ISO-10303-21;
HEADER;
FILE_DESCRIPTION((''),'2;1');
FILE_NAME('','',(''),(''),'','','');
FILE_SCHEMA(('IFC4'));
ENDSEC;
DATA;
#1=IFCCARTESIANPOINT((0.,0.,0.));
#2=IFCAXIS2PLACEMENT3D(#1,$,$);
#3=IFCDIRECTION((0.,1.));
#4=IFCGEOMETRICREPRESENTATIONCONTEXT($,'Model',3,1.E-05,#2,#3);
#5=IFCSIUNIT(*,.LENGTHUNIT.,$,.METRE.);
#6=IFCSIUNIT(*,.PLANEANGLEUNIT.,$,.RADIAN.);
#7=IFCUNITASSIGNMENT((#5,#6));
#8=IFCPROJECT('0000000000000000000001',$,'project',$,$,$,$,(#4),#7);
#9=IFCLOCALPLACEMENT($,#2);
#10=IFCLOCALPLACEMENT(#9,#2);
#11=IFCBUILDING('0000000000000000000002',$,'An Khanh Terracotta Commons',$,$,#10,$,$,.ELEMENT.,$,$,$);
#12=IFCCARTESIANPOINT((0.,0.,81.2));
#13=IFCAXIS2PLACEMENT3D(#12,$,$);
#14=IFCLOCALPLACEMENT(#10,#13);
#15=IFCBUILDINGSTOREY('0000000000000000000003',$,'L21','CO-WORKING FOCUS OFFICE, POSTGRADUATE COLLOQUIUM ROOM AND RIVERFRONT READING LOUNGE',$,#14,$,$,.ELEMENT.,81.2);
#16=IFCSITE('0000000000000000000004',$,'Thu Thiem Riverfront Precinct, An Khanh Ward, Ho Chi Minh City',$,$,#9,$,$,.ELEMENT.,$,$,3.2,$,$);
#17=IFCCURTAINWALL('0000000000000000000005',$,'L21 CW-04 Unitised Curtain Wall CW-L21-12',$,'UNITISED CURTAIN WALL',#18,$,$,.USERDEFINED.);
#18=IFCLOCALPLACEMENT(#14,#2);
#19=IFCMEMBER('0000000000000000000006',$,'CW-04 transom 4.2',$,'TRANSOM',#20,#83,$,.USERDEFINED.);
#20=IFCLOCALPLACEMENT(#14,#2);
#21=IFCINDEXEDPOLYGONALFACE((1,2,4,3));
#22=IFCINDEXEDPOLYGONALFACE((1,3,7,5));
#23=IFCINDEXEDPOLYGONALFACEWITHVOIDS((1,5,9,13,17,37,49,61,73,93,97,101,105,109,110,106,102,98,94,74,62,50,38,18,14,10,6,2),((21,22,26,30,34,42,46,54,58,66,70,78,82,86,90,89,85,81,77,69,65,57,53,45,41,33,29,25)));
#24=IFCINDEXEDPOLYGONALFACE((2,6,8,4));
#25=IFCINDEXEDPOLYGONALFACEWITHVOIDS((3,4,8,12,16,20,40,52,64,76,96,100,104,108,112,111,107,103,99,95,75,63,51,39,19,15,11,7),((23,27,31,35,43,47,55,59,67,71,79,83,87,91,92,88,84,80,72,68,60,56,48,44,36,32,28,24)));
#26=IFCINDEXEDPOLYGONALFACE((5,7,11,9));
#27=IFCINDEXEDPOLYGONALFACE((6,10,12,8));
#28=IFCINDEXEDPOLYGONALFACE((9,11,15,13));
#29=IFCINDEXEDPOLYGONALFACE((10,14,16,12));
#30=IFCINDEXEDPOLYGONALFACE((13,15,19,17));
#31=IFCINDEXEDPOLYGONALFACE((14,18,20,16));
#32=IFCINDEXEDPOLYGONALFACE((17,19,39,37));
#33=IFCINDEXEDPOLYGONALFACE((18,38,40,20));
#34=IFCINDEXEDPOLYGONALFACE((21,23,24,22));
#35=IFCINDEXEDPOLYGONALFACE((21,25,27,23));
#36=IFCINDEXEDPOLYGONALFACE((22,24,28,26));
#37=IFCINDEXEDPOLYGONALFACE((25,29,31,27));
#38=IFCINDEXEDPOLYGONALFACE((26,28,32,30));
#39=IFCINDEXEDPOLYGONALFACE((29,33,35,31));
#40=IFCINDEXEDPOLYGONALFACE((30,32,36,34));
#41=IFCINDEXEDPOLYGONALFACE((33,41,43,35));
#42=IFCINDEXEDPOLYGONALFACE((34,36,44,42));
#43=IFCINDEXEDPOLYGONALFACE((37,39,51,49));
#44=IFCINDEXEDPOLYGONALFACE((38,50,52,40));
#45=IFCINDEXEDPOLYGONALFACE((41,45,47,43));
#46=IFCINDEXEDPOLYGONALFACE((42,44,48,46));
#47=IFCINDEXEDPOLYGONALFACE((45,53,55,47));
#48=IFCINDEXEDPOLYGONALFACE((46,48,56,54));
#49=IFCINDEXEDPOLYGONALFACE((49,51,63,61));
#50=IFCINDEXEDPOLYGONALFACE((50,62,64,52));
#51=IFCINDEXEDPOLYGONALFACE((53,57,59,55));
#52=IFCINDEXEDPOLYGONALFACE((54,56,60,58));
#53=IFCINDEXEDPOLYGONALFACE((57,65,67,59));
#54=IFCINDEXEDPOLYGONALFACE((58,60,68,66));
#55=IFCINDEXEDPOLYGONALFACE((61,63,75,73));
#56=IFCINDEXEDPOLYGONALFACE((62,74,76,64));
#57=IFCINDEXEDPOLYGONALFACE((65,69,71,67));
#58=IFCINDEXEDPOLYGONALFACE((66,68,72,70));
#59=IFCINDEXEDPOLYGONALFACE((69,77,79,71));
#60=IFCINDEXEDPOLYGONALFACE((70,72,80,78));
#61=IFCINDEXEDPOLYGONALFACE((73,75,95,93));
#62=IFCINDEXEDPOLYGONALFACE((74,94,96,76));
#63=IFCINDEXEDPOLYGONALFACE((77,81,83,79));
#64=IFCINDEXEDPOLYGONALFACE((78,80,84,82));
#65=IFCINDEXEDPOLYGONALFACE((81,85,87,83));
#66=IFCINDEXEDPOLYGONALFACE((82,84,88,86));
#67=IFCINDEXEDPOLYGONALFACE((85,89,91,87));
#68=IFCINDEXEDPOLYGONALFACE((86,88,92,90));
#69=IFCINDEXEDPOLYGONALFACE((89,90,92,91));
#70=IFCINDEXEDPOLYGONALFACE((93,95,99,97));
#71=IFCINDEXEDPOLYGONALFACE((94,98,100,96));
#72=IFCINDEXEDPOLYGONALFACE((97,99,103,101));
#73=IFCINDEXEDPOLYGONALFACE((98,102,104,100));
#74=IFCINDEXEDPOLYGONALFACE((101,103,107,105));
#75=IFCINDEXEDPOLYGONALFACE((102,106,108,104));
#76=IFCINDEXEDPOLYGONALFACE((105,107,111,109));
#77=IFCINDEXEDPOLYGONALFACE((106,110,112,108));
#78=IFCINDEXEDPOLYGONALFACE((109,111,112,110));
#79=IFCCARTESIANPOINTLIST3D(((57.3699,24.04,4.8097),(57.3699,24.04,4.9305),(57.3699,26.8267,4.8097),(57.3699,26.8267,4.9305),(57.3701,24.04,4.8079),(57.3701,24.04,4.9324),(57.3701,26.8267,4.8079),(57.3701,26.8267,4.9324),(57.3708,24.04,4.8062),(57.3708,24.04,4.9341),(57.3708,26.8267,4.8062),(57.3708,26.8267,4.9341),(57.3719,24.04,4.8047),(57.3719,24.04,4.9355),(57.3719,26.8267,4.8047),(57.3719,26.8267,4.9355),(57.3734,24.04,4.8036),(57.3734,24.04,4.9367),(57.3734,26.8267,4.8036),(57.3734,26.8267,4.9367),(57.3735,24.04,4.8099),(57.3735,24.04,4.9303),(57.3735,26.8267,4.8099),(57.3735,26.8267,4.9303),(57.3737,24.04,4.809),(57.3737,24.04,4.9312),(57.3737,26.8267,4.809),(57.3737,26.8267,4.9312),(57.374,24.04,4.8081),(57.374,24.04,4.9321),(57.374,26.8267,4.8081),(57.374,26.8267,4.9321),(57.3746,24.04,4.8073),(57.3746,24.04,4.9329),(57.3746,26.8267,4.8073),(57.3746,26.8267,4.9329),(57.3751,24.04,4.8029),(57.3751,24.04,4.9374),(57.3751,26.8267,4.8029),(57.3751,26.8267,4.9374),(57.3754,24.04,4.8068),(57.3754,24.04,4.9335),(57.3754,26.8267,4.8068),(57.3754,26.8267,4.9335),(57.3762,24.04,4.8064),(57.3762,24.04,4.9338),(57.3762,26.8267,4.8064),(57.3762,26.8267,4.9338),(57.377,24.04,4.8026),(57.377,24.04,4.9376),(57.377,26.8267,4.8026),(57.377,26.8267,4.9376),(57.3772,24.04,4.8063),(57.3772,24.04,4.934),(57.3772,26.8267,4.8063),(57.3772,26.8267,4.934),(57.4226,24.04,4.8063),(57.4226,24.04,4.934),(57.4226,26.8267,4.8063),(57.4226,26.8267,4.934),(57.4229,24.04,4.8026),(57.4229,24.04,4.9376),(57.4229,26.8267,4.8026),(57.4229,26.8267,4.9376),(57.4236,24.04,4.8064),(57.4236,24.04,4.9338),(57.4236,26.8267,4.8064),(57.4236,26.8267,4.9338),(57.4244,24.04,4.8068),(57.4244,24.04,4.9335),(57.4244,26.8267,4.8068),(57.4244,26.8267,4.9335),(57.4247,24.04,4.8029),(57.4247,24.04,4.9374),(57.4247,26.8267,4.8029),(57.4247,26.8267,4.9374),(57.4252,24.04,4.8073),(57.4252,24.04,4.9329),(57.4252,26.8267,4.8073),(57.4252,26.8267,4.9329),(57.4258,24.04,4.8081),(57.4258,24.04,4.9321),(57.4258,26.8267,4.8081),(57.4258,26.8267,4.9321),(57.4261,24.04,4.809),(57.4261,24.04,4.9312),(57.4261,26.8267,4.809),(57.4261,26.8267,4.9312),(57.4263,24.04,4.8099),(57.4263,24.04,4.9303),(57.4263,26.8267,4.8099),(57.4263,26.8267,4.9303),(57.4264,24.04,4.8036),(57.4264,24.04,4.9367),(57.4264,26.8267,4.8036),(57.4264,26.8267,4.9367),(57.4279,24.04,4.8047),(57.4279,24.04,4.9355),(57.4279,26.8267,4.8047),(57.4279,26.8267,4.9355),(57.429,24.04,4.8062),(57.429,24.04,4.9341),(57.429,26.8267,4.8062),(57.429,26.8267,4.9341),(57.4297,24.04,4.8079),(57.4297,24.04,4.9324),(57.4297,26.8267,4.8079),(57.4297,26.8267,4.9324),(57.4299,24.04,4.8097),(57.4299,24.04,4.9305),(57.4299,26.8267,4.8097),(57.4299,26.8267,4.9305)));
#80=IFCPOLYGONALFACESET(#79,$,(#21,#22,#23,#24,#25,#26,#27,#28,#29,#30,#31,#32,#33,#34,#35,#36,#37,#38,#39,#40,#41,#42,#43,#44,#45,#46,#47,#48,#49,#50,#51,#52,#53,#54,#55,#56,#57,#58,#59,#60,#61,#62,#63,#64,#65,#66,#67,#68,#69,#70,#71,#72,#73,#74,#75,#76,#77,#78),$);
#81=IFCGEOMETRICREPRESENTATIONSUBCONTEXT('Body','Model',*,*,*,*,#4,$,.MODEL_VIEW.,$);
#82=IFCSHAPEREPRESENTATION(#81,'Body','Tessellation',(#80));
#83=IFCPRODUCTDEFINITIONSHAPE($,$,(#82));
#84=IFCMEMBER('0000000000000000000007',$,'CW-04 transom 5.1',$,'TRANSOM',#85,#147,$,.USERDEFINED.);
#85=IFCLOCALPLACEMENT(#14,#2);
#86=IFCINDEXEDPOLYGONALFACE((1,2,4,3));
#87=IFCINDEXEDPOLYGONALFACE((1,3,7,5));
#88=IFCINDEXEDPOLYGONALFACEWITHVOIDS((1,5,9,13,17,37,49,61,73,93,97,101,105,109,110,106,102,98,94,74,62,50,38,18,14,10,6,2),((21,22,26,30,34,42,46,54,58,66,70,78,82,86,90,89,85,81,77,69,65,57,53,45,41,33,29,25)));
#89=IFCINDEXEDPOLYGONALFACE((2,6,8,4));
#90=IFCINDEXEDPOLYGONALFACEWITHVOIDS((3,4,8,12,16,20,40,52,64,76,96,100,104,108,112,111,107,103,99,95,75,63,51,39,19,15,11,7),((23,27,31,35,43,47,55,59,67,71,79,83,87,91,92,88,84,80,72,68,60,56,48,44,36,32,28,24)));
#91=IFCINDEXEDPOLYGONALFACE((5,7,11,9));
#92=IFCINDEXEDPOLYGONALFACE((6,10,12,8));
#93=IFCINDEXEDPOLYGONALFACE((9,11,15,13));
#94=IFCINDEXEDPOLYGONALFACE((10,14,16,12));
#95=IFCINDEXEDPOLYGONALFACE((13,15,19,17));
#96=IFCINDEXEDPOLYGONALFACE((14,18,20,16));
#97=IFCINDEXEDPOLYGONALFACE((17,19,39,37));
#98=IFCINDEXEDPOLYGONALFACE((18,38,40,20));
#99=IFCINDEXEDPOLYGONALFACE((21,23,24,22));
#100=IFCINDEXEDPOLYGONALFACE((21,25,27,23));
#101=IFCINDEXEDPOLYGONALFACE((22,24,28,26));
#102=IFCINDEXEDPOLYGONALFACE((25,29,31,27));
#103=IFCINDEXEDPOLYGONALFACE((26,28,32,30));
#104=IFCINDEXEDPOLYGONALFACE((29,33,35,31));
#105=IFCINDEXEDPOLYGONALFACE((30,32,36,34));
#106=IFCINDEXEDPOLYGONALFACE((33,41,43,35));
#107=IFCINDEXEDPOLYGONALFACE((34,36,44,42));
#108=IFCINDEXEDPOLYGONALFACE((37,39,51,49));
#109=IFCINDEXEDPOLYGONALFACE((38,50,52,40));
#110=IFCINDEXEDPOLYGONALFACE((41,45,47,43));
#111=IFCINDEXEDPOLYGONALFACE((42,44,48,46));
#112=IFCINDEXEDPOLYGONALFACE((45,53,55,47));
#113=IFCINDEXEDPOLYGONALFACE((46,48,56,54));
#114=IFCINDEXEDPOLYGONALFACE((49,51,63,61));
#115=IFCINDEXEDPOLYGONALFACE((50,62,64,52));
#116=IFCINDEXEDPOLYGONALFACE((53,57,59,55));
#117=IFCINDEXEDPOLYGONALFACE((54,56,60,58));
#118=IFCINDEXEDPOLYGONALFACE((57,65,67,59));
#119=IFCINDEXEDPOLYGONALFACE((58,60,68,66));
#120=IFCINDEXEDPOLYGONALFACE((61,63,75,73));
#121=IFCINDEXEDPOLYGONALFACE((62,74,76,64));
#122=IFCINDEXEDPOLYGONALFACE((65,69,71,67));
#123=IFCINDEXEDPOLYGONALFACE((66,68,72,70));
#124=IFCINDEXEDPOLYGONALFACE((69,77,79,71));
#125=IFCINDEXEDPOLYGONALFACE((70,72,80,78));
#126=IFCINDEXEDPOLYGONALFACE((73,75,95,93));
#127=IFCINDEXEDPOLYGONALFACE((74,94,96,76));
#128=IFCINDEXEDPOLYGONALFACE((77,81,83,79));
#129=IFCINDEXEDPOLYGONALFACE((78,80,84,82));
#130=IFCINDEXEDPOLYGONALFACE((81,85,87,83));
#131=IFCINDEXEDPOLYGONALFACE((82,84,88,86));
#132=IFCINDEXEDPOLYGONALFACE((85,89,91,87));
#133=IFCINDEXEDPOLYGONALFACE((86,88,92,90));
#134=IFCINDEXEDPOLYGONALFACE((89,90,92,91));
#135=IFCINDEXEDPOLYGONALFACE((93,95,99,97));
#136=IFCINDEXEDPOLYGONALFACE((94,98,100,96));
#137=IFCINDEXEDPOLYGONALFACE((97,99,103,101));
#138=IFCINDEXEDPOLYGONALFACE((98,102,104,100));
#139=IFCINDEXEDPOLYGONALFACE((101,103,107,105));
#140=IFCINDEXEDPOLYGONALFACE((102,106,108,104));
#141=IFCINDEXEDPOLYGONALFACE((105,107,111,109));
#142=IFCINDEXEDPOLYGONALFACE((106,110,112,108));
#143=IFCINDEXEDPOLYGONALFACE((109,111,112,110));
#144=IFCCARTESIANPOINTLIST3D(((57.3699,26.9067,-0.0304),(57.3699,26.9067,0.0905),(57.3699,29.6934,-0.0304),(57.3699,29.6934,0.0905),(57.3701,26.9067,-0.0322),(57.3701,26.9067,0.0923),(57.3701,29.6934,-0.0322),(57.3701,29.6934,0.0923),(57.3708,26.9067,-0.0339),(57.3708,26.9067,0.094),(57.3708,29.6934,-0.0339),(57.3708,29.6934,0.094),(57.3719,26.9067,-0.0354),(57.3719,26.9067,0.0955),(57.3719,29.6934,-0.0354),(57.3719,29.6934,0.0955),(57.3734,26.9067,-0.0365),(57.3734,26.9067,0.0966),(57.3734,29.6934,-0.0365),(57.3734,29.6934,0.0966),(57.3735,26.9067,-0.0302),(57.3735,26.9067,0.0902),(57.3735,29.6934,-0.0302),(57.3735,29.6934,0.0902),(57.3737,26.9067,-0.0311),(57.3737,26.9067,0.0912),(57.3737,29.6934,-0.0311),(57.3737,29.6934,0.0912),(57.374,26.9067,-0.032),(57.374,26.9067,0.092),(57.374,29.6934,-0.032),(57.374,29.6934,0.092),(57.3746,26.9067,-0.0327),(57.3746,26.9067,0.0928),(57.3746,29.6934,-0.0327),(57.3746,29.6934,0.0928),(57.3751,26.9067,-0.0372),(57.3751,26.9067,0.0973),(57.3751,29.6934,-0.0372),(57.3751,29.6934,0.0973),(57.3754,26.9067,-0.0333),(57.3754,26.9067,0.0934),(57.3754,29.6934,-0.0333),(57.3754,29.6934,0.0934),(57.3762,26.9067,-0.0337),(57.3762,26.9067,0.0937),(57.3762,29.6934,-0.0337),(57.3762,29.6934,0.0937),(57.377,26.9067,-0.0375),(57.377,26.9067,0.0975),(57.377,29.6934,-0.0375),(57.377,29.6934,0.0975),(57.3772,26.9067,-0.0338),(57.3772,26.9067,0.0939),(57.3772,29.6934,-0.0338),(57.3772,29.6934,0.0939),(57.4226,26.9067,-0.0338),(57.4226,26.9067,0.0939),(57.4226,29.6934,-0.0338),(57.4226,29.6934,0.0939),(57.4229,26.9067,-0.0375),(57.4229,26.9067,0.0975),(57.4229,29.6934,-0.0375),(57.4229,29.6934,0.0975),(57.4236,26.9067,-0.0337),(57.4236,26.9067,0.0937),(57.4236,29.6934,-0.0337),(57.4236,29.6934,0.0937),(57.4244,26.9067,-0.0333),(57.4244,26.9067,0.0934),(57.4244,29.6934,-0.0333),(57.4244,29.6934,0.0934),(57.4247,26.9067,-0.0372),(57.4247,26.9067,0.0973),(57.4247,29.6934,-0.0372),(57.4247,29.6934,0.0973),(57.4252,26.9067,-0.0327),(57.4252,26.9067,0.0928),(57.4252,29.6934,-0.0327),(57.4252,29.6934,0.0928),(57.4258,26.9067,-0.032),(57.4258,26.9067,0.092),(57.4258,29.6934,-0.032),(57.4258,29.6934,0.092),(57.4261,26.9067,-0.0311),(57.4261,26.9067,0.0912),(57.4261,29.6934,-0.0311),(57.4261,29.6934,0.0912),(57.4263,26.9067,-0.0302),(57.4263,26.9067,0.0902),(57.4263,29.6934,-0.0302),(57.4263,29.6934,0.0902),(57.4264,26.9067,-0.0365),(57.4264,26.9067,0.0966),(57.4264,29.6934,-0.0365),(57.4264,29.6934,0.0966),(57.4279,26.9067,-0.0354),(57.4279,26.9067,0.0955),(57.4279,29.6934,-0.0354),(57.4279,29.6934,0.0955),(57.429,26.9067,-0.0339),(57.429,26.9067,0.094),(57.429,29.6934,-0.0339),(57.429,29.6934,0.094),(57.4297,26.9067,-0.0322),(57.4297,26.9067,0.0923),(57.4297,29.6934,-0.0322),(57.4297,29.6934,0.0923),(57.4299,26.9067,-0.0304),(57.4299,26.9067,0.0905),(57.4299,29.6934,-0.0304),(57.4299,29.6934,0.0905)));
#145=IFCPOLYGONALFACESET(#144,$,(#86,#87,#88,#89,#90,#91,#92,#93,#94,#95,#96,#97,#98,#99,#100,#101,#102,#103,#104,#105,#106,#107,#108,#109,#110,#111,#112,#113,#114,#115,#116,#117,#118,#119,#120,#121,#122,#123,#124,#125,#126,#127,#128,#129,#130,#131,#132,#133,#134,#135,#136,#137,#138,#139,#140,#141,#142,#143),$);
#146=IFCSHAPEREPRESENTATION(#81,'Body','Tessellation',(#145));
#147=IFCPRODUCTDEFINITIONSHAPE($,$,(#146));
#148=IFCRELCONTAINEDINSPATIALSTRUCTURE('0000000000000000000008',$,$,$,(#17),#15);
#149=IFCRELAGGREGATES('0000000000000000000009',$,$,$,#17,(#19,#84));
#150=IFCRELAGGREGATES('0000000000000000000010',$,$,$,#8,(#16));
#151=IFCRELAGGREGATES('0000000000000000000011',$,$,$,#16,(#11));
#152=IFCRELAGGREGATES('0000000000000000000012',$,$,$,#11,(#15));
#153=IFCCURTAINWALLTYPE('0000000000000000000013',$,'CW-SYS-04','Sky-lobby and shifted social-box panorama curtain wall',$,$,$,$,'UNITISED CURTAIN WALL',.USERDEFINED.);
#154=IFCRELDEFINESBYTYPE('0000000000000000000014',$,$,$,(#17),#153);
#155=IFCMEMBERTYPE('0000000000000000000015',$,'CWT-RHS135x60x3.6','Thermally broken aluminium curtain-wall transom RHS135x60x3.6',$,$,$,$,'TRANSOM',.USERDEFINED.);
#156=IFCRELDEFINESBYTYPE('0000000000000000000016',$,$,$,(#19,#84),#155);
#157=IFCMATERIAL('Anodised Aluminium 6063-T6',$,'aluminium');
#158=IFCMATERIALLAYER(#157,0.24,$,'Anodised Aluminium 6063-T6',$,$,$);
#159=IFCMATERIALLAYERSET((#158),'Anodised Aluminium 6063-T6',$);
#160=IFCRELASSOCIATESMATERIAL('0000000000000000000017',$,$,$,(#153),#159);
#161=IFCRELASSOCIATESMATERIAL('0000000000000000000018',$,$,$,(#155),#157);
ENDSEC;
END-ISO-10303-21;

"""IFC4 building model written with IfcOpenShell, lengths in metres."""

from ifc_helpers import new_model, si_unit, direction, frame, origin, origin_2d, place, context, subcontext, project, spatial, hollow_rectangle, extrude, material, layer, layer_set, material_profile, profile_set, type_object, element, aggregate, save


model = new_model("IFC4")

# Units and contexts
model_context = context("Model", 3, precision=1e-05, world=origin(), true_north=direction((0.0, 1.0)))
body_context = subcontext(model_context, "Body", "Model", "MODEL_VIEW")
ifc_project = project(units=[si_unit("LENGTHUNIT", "METRE"), si_unit("PLANEANGLEUNIT", "RADIAN")], contexts=[model_context])

# Site, building, storey
site_placement = place(None, origin())
site = spatial("IfcSite", under=ifc_project, at=site_placement, Name="Thu Thiem Riverfront Precinct, An Khanh Ward, Ho Chi Minh City", CompositionType="ELEMENT", RefElevation=3.2)
building_placement = place(site_placement, origin())
building = spatial("IfcBuilding", under=site, at=building_placement, Name="An Khanh Terracotta Commons", CompositionType="ELEMENT")
storey_placement = place(building_placement, frame((0.0, 0.0, 81.2)))
storey = spatial("IfcBuildingStorey", under=building, at=storey_placement, Name="L21", Description="CO-WORKING FOCUS OFFICE, POSTGRADUATE COLLOQUIUM ROOM AND RIVERFRONT READING LOUNGE", CompositionType="ELEMENT", Elevation=81.2)

# Curtain wall
ifc_material_1 = material(Name="Anodised Aluminium 6063-T6", Category="aluminium")
ifc_layer_1 = layer(ifc_material_1, 0.24, Name="Anodised Aluminium 6063-T6")
ifc_layer_set_1 = layer_set([ifc_layer_1], Name="Anodised Aluminium 6063-T6")
curtain_wall_type = type_object("IfcCurtainWallType", Name="CW-SYS-04", Description="Sky-lobby and shifted social-box panorama curtain wall", ElementType="UNITISED CURTAIN WALL", PredefinedType="USERDEFINED", material=ifc_layer_set_1)
curtain_wall_1_placement = place(storey_placement, origin())
curtain_wall_1 = element("IfcCurtainWall", 1, at=curtain_wall_1_placement, inside=storey, type_object=curtain_wall_type, Name="L21 CW-04 Unitised Curtain Wall CW-L21-12", ObjectType="UNITISED CURTAIN WALL", PredefinedType="USERDEFINED")

# Members
ifc_material_profile_1 = material_profile(ifc_material_1, hollow_rectangle(XDim=0.0601, YDim=0.135, WallThickness=0.0037, InnerFilletRadius=0.0037, OuterFilletRadius=0.0071, at=origin_2d()), Name="RHS135x60x3.6")
ifc_profile_set_1 = profile_set([ifc_material_profile_1], Name="Anodised Aluminium 6063-T6")
member_type_1 = type_object("IfcMemberType", Name="CWT-RHS135x60x3.6", Description="Thermally broken aluminium curtain-wall transom RHS135x60x3.6", ElementType="TRANSOM", PredefinedType="USERDEFINED", material=ifc_profile_set_1)
member_1_placement = place(storey_placement, frame((57.3999, 24.04, 4.8701), z_axis=(0.0, 1.0, 0.0), x_axis=(-1.0, 0.0, 0.0)))
member_1 = element("IfcMember", 2, at=member_1_placement, type_object=member_type_1, Name="CW-04 transom 4.2", ObjectType="TRANSOM", PredefinedType="USERDEFINED", context=body_context, shape_type="SweptSolid", body=[
    extrude(hollow_rectangle(XDim=0.0601, YDim=0.135, WallThickness=0.0037, InnerFilletRadius=0.0037, OuterFilletRadius=0.0071, at=origin_2d()), origin(), (0.0, 0.0, 1.0), 2.7866),
])
member_2_placement = place(storey_placement, frame((57.3999, 26.9067, 0.03), z_axis=(0.0, 1.0, 0.0), x_axis=(-1.0, 0.0, 0.0)))
member_2 = element("IfcMember", 3, at=member_2_placement, type_object=member_type_1, Name="CW-04 transom 5.1", ObjectType="TRANSOM", PredefinedType="USERDEFINED", context=body_context, shape_type="SweptSolid", body=[
    extrude(hollow_rectangle(XDim=0.0601, YDim=0.135, WallThickness=0.0037, InnerFilletRadius=0.0037, OuterFilletRadius=0.0071, at=origin_2d()), origin(), (0.0, 0.0, 1.0), 2.7866),
])

aggregate(curtain_wall_1, [member_1, member_2])

save(model, "model.ifc")
